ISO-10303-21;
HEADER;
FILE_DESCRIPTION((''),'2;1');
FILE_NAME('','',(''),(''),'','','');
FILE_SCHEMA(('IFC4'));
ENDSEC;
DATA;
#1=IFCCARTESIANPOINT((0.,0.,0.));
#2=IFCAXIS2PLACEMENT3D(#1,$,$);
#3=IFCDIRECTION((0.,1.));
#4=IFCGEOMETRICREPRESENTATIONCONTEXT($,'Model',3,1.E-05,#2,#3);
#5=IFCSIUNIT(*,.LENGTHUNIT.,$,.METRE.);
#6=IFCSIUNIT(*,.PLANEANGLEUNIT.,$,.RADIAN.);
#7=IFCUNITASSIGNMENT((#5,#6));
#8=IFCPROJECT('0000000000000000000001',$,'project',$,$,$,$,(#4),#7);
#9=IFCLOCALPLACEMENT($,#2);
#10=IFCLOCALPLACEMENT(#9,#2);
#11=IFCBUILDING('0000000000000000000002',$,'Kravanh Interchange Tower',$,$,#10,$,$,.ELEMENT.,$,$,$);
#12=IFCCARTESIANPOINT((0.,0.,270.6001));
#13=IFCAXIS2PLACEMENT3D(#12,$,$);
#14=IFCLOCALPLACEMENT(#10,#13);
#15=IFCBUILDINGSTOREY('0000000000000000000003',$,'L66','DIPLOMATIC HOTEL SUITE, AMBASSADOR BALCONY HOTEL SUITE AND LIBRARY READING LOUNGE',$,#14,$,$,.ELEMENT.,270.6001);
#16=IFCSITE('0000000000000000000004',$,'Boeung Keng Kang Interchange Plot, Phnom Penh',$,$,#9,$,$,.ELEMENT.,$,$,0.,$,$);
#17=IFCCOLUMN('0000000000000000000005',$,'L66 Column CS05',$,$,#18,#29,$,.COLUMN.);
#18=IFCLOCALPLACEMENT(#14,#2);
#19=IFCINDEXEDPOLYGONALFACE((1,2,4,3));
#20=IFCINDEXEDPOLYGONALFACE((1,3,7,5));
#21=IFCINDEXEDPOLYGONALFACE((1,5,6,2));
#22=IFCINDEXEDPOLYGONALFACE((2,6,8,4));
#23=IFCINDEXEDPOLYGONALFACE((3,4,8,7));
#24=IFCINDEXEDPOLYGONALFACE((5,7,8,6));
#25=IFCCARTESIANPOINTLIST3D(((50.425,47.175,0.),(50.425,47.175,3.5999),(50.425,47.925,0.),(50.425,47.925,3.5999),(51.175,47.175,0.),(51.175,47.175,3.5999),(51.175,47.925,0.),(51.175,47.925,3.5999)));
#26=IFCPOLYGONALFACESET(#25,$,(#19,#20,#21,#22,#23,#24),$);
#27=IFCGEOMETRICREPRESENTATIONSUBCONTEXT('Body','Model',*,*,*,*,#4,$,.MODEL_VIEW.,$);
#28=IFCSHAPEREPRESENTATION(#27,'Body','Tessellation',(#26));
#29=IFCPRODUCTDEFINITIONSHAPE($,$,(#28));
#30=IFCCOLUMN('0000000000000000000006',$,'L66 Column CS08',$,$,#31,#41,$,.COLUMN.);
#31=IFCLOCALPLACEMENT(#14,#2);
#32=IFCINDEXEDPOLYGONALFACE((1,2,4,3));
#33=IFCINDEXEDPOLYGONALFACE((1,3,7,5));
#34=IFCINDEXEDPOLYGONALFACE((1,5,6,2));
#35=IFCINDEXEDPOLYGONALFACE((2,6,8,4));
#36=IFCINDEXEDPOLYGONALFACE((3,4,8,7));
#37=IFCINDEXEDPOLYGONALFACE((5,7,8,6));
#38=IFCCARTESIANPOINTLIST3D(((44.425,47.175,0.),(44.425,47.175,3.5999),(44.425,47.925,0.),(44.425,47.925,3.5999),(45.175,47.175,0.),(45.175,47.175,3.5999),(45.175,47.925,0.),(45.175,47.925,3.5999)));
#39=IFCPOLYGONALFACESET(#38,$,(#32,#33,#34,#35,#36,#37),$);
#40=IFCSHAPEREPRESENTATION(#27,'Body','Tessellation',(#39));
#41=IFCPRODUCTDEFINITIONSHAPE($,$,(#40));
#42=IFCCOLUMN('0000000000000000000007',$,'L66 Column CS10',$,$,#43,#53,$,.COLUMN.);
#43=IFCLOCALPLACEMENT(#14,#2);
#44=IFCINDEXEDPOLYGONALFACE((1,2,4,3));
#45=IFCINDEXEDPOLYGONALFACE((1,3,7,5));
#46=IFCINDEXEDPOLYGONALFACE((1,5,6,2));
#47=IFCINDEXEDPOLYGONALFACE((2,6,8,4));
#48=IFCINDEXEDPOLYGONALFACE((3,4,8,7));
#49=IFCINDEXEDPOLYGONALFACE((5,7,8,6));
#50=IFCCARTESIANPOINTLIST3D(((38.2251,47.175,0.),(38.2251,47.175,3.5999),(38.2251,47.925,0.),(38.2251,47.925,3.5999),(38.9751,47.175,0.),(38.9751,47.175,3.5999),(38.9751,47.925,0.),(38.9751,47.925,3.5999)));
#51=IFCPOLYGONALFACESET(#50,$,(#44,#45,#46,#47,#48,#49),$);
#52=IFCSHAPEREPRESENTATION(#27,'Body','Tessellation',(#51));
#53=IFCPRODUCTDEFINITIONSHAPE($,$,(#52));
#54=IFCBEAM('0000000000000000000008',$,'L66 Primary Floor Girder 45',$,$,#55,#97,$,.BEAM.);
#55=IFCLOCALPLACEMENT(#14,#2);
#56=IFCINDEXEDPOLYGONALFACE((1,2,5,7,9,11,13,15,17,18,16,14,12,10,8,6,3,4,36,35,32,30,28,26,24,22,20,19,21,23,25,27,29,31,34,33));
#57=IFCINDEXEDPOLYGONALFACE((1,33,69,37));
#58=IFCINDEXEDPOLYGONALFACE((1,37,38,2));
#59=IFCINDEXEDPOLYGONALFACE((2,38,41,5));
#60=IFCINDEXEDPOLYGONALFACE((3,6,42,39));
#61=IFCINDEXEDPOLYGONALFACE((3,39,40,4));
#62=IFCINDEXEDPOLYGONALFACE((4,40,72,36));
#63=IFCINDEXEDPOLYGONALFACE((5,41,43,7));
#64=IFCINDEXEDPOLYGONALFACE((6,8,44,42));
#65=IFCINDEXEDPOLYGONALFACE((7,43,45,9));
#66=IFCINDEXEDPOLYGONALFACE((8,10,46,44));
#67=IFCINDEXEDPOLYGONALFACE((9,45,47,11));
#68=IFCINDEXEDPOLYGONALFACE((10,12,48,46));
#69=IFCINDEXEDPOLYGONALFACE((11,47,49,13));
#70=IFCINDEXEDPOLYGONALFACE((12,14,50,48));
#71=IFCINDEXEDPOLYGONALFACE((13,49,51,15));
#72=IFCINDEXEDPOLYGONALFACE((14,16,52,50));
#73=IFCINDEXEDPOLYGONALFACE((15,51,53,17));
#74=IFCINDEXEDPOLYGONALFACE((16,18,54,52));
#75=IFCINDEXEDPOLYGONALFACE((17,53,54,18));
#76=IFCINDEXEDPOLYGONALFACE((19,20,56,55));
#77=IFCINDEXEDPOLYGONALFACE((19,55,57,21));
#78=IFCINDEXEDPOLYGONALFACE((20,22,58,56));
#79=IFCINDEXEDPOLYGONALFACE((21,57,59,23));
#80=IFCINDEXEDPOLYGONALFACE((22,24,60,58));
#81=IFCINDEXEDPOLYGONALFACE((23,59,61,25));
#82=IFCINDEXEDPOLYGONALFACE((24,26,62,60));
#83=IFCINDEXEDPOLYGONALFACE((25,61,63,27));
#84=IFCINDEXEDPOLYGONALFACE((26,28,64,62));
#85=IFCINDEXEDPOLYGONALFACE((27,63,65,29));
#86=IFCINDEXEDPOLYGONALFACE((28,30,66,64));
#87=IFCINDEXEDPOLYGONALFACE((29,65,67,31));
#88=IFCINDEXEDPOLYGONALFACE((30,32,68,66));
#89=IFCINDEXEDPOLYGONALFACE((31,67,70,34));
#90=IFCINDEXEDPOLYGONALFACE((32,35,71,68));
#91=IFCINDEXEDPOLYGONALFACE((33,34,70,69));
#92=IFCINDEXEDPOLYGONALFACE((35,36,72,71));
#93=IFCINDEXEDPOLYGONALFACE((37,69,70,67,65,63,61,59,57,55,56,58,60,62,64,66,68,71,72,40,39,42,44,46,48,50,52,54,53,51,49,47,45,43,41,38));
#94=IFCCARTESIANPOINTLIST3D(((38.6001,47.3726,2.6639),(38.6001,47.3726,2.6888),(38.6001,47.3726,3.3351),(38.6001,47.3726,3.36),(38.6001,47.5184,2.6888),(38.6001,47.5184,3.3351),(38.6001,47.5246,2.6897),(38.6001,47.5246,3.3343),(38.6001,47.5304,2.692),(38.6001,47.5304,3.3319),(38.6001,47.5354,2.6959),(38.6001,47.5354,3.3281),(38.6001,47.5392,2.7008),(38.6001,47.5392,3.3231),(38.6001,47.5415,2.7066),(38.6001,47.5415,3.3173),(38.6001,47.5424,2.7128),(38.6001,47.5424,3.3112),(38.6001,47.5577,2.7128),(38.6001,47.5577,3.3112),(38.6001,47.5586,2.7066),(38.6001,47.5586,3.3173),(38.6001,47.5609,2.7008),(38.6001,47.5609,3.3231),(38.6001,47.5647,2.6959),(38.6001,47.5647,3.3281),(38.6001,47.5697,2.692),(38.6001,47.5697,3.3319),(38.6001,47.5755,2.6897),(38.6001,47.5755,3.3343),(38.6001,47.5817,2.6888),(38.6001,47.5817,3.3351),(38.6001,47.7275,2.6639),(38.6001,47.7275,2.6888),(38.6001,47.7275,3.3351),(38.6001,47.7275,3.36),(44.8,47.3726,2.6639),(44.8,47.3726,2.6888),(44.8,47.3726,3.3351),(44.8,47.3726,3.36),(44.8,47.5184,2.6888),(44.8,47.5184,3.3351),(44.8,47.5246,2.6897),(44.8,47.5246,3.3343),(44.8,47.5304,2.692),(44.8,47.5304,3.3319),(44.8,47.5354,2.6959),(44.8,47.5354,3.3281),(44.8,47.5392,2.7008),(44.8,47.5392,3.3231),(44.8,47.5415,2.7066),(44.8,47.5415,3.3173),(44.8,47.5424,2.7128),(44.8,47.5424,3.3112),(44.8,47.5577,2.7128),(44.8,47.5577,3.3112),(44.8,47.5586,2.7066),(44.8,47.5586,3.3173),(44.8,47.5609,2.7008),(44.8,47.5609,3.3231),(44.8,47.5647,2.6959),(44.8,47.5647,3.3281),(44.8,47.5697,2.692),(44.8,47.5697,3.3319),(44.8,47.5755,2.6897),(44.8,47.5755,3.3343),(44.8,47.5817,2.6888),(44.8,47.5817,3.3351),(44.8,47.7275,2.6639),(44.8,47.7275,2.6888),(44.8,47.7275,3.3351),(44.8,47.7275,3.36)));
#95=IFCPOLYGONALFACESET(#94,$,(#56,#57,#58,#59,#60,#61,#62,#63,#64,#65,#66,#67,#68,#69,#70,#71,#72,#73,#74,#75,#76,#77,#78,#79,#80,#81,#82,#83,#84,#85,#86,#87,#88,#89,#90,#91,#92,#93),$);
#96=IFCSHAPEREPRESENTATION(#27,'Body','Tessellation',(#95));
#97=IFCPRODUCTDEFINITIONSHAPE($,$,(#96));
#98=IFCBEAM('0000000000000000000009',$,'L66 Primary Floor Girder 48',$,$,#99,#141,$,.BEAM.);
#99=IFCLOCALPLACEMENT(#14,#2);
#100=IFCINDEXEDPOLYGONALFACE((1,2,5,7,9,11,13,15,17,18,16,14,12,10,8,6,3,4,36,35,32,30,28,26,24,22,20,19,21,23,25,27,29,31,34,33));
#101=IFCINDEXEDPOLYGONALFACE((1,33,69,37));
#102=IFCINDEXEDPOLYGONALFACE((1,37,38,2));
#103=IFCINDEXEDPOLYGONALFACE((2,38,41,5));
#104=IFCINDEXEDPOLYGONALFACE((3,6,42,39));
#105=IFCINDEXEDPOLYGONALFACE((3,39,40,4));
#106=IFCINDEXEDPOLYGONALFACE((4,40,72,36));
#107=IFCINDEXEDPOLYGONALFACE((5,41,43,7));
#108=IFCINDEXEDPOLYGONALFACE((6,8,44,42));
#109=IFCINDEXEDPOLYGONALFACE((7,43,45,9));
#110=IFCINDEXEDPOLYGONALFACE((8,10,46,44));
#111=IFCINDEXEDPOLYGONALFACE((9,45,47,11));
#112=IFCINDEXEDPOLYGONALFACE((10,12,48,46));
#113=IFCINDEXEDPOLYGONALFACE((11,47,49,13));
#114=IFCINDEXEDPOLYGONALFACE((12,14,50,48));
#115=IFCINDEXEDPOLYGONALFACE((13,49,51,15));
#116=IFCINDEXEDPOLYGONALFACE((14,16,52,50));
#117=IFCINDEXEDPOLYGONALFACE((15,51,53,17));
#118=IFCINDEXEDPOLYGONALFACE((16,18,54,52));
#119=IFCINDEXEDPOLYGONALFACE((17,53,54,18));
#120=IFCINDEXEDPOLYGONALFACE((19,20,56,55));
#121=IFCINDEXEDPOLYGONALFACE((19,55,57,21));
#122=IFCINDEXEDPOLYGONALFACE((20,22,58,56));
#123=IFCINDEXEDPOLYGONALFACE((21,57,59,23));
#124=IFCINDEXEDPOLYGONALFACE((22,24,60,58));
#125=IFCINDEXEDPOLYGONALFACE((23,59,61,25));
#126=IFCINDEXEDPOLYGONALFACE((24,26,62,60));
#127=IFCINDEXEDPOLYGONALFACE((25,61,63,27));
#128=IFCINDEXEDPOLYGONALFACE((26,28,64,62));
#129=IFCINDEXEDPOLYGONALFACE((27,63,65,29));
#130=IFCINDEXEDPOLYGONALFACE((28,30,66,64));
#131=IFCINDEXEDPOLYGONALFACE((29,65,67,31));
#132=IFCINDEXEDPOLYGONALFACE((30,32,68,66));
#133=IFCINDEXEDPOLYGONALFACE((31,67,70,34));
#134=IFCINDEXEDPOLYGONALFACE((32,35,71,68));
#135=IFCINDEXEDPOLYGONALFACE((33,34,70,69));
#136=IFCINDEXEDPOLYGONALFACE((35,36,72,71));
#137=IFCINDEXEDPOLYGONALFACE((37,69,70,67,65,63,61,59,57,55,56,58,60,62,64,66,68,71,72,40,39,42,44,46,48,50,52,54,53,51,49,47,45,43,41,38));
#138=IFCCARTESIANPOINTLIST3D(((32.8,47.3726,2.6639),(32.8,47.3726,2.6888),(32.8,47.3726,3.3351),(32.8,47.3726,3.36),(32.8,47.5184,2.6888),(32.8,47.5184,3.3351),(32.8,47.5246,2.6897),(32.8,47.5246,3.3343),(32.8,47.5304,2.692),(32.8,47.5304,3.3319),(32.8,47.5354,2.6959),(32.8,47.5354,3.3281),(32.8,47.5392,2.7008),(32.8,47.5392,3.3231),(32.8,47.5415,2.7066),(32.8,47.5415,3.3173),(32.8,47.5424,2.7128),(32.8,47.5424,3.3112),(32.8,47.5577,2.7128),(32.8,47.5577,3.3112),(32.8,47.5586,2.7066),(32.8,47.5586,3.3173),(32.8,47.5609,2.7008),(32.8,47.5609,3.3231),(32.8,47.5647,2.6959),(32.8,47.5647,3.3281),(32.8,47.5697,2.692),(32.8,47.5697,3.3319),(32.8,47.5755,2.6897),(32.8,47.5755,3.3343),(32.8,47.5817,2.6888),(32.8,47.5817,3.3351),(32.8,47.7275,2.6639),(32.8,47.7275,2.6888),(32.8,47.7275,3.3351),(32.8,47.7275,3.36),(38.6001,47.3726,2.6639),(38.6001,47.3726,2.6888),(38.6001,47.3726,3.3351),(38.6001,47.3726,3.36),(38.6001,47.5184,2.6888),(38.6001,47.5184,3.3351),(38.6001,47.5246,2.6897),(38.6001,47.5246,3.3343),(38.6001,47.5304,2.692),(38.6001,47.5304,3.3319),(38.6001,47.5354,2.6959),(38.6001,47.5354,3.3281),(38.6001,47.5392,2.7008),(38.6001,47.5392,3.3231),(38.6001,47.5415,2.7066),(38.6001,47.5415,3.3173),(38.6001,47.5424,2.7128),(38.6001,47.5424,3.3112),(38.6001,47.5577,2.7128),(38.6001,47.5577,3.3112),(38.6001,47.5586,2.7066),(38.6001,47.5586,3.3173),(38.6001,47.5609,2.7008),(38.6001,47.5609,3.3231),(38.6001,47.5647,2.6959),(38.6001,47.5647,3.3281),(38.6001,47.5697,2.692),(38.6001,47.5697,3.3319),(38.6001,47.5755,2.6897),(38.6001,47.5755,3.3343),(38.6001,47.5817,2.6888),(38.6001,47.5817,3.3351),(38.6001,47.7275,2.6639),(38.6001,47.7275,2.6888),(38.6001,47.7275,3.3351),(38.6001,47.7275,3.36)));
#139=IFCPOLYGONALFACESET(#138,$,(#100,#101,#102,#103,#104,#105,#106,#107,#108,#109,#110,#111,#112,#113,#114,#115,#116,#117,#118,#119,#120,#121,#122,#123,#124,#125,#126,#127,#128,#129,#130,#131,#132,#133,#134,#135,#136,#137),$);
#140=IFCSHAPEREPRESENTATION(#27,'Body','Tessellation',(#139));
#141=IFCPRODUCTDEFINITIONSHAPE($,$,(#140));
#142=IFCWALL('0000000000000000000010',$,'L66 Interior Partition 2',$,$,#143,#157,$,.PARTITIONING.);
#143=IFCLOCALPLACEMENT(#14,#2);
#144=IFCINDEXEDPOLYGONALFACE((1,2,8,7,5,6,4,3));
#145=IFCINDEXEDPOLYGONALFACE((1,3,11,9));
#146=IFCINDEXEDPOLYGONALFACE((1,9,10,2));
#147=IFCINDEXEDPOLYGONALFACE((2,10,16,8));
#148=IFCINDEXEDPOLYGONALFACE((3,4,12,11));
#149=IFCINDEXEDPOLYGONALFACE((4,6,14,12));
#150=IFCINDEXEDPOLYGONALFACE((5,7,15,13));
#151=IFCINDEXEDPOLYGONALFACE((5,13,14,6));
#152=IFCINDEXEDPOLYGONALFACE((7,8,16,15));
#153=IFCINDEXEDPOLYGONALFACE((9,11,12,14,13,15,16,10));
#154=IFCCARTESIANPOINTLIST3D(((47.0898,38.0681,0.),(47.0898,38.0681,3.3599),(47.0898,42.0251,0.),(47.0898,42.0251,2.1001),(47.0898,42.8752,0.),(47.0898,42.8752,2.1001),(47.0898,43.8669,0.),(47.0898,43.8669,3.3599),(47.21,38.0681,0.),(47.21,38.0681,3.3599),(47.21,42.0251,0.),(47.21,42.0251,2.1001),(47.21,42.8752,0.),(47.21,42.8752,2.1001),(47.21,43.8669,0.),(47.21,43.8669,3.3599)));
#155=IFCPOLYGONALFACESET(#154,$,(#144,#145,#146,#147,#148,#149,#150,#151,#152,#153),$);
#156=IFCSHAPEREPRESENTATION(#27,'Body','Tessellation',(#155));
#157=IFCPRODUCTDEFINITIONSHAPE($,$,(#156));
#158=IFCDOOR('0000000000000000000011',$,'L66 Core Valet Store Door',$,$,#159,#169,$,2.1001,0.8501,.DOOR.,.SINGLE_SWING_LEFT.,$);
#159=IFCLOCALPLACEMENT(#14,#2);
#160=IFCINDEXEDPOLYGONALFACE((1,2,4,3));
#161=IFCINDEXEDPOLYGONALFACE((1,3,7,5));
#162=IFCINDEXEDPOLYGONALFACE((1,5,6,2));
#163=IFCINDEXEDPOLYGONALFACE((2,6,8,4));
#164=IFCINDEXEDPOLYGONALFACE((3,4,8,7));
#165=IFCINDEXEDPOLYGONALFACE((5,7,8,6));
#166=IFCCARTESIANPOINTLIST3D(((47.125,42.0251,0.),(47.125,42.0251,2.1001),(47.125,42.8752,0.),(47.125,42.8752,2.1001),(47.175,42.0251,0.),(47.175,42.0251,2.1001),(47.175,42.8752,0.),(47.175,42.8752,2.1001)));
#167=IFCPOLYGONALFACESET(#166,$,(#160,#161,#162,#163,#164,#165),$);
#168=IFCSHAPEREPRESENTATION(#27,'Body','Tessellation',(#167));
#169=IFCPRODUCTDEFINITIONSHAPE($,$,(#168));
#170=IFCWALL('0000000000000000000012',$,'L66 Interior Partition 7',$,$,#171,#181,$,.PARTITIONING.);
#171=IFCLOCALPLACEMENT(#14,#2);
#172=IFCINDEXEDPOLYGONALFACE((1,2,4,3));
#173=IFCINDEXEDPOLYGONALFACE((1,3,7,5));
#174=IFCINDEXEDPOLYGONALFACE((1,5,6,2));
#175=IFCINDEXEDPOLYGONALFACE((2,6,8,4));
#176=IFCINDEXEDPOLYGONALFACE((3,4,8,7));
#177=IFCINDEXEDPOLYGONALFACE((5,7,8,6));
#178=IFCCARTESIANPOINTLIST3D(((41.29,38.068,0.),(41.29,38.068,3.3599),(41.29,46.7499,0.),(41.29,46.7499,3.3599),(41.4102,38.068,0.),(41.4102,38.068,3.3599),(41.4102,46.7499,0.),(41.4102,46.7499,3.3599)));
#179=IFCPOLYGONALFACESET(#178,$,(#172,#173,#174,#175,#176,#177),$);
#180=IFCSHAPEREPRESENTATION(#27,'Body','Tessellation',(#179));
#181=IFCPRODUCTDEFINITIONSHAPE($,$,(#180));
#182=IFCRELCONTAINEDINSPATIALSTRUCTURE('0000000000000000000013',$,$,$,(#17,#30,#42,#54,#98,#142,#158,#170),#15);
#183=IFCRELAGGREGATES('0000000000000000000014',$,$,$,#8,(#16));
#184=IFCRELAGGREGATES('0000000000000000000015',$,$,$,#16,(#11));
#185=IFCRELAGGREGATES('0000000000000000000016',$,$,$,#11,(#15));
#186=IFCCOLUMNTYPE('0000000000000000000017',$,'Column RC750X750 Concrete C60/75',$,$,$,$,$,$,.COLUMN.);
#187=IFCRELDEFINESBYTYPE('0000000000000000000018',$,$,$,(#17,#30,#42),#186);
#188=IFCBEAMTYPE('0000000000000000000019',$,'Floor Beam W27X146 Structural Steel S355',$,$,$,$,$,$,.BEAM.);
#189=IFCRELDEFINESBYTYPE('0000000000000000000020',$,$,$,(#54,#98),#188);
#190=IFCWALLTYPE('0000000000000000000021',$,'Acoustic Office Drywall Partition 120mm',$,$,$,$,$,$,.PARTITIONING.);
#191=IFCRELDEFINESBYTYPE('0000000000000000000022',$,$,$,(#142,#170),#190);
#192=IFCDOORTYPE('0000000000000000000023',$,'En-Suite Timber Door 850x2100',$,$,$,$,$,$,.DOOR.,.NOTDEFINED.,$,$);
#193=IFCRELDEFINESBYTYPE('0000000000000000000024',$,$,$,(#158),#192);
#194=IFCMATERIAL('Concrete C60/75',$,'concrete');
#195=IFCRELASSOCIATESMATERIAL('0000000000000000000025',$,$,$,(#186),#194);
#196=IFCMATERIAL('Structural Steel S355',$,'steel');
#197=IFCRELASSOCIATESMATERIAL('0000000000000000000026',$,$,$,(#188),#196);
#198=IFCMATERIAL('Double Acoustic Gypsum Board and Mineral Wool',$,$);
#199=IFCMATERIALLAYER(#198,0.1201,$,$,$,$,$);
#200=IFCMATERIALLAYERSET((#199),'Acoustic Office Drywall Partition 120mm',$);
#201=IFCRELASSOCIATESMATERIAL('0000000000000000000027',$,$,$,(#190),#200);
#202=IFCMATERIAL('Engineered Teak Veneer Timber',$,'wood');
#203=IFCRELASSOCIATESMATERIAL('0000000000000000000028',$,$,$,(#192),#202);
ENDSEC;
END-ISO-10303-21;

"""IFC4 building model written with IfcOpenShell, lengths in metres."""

from ifc_helpers import new_model, si_unit, direction, frame, frame_2d, origin, origin_2d, place, context, subcontext, project, spatial, rectangle, i_section, extrude, material, layer, layer_set, material_profile, profile_set, type_object, element, fill, save


model = new_model("IFC4")

# Units and contexts
model_context = context("Model", 3, precision=1e-05, world=origin(), true_north=direction((0.0, 1.0)))
body_context = subcontext(model_context, "Body", "Model", "MODEL_VIEW")
ifc_project = project(units=[si_unit("LENGTHUNIT", "METRE"), si_unit("PLANEANGLEUNIT", "RADIAN")], contexts=[model_context])

# Site, building, storey
site_placement = place(None, origin())
site = spatial("IfcSite", under=ifc_project, at=site_placement, Name="Boeung Keng Kang Interchange Plot, Phnom Penh", CompositionType="ELEMENT", RefElevation=0.0)
building_placement = place(site_placement, origin())
building = spatial("IfcBuilding", under=site, at=building_placement, Name="Kravanh Interchange Tower", CompositionType="ELEMENT")
storey_placement = place(building_placement, frame((0.0, 0.0, 270.6001)))
storey = spatial("IfcBuildingStorey", under=building, at=storey_placement, Name="L66", Description="DIPLOMATIC HOTEL SUITE, AMBASSADOR BALCONY HOTEL SUITE AND LIBRARY READING LOUNGE", CompositionType="ELEMENT", Elevation=270.6001)

# Columns
ifc_material_1 = material(Name="Concrete C60/75", Category="concrete")
ifc_material_profile_1 = material_profile(ifc_material_1, rectangle(XDim=0.75, YDim=0.75, at=origin_2d()), Name="RC750X750")
ifc_profile_set_1 = profile_set([ifc_material_profile_1], Name="Concrete C60/75")
column_type = type_object("IfcColumnType", Name="Column RC750X750 Concrete C60/75", PredefinedType="COLUMN", material=ifc_profile_set_1)
for number, where, z_axis, x_axis, name in (
    (1, (50.8, 47.55, 0.0), (0.0, 0.0, 1.0), (1.0, 0.0, 0.0), "L66 Column CS05"),
    (2, (44.8, 47.55, 0.0), (0.0, 0.0, 1.0), (1.0, 0.0, 0.0), "L66 Column CS08"),
    (3, (38.6001, 47.55, 0.0), (0.0, 0.0, 1.0), (1.0, 0.0, 0.0), "L66 Column CS10"),
):
    element("IfcColumn", number, at=place(storey_placement, frame(where, z_axis=z_axis, x_axis=x_axis)), inside=storey, type_object=column_type, Name=name, PredefinedType="COLUMN", context=body_context, shape_type="SweptSolid", body=[
        extrude(rectangle(XDim=0.75, YDim=0.75, at=origin_2d()), origin(), (0.0, 0.0, 1.0), 3.5999),
    ])

# Beams
ifc_material_2 = material(Name="Structural Steel S355", Category="steel")
ifc_material_profile_2 = material_profile(ifc_material_2, i_section(OverallWidth=0.355, OverallDepth=0.696, WebThickness=0.0154, FlangeThickness=0.0249, FilletRadius=0.0239, at=origin_2d()), Name="W27X146")
ifc_profile_set_2 = profile_set([ifc_material_profile_2], Name="Structural Steel S355")
beam_type = type_object("IfcBeamType", Name="Floor Beam W27X146 Structural Steel S355", PredefinedType="BEAM", material=ifc_profile_set_2)
beam_1_placement = place(storey_placement, frame((44.8, 47.55, 3.012), z_axis=(-1.0, 0.0, 0.0), x_axis=(0.0, -1.0, 0.0)))
element("IfcBeam", 4, at=beam_1_placement, inside=storey, type_object=beam_type, Name="L66 Primary Floor Girder 45", PredefinedType="BEAM", context=body_context, shape_type="SweptSolid", body=[
    extrude(i_section(OverallWidth=0.355, OverallDepth=0.696, WebThickness=0.0154, FlangeThickness=0.0249, FilletRadius=0.0239, at=origin_2d()), origin(), (0.0, 0.0, 1.0), 6.2),
])
beam_2_placement = place(storey_placement, frame((38.6001, 47.55, 3.012), z_axis=(-1.0, 0.0, 0.0), x_axis=(0.0, -1.0, 0.0)))
element("IfcBeam", 5, at=beam_2_placement, inside=storey, type_object=beam_type, Name="L66 Primary Floor Girder 48", PredefinedType="BEAM", context=body_context, shape_type="SweptSolid", body=[
    extrude(i_section(OverallWidth=0.355, OverallDepth=0.696, WebThickness=0.0154, FlangeThickness=0.0249, FilletRadius=0.0239, at=origin_2d()), origin(), (0.0, 0.0, 1.0), 5.8),
])

# Wall, opening, door
ifc_material_3 = material(Name="Double Acoustic Gypsum Board and Mineral Wool")
ifc_layer_1 = layer(ifc_material_3, 0.1201)
ifc_layer_set_1 = layer_set([ifc_layer_1], Name="Acoustic Office Drywall Partition 120mm")
wall_type_1 = type_object("IfcWallType", Name="Acoustic Office Drywall Partition 120mm", PredefinedType="PARTITIONING", material=ifc_layer_set_1)
wall_1_placement = place(storey_placement, frame((47.1499, 38.0681, 0.0), z_axis=(0.0, 0.0, 1.0), x_axis=(0.0, 1.0, 0.0)))
wall_1 = element("IfcWall", 6, at=wall_1_placement, inside=storey, type_object=wall_type_1, Name="L66 Interior Partition 2", PredefinedType="PARTITIONING", context=body_context, shape_type="SweptSolid", body=[
    extrude(rectangle(XDim=5.7988, YDim=0.1201, at=frame_2d((2.8994, 0.0))), origin(), (0.0, 0.0, 1.0), 3.3599),
])
opening_1_placement = place(wall_1_placement, frame((3.957, 0.0, 0.0)))
opening_1 = element("IfcOpeningElement", 7, at=opening_1_placement, cuts=wall_1, PredefinedType="OPENING", context=body_context, shape_type="SweptSolid", body=[
    extrude(rectangle(XDim=0.8501, YDim=2.1001, at=frame_2d((0.425, 1.05))), frame((0.0, 0.0701, 0.0), z_axis=(0.0, -1.0, 0.0), x_axis=(1.0, 0.0, 0.0)), (0.0, 0.0, 1.0), 0.1401),
])
ifc_material_4 = material(Name="Engineered Teak Veneer Timber", Category="wood")
door_type_1 = type_object("IfcDoorType", Name="En-Suite Timber Door 850x2100", OperationType="NOTDEFINED", PredefinedType="DOOR", material=ifc_material_4)
door_1_placement = place(opening_1_placement, origin())
door_1 = element("IfcDoor", 8, at=door_1_placement, inside=storey, type_object=door_type_1, Name="L66 Core Valet Store Door", OperationType="SINGLE_SWING_LEFT", OverallHeight=2.1001, OverallWidth=0.8501, PredefinedType="DOOR", context=body_context, shape_type="SweptSolid", body=[
    extrude(rectangle(XDim=0.8501, YDim=2.1001, at=frame_2d((0.425, 1.05))), frame((0.0, 0.0249, 0.0), z_axis=(0.0, -1.0, 0.0), x_axis=(1.0, 0.0, 0.0)), (0.0, 0.0, 1.0), 0.05),
])
fill(opening_1, door_1)

# Wall
wall_2_placement = place(storey_placement, frame((41.3501, 38.0681, 0.0), z_axis=(0.0, 0.0, 1.0), x_axis=(0.0, 1.0, 0.0)))
element("IfcWall", 9, at=wall_2_placement, inside=storey, type_object=wall_type_1, Name="L66 Interior Partition 7", PredefinedType="PARTITIONING", context=body_context, shape_type="SweptSolid", body=[
    extrude(rectangle(XDim=8.6819, YDim=0.1201, at=frame_2d((4.3408, 0.0))), origin(), (0.0, 0.0, 1.0), 3.3599),
])

save(model, "model.ifc")
